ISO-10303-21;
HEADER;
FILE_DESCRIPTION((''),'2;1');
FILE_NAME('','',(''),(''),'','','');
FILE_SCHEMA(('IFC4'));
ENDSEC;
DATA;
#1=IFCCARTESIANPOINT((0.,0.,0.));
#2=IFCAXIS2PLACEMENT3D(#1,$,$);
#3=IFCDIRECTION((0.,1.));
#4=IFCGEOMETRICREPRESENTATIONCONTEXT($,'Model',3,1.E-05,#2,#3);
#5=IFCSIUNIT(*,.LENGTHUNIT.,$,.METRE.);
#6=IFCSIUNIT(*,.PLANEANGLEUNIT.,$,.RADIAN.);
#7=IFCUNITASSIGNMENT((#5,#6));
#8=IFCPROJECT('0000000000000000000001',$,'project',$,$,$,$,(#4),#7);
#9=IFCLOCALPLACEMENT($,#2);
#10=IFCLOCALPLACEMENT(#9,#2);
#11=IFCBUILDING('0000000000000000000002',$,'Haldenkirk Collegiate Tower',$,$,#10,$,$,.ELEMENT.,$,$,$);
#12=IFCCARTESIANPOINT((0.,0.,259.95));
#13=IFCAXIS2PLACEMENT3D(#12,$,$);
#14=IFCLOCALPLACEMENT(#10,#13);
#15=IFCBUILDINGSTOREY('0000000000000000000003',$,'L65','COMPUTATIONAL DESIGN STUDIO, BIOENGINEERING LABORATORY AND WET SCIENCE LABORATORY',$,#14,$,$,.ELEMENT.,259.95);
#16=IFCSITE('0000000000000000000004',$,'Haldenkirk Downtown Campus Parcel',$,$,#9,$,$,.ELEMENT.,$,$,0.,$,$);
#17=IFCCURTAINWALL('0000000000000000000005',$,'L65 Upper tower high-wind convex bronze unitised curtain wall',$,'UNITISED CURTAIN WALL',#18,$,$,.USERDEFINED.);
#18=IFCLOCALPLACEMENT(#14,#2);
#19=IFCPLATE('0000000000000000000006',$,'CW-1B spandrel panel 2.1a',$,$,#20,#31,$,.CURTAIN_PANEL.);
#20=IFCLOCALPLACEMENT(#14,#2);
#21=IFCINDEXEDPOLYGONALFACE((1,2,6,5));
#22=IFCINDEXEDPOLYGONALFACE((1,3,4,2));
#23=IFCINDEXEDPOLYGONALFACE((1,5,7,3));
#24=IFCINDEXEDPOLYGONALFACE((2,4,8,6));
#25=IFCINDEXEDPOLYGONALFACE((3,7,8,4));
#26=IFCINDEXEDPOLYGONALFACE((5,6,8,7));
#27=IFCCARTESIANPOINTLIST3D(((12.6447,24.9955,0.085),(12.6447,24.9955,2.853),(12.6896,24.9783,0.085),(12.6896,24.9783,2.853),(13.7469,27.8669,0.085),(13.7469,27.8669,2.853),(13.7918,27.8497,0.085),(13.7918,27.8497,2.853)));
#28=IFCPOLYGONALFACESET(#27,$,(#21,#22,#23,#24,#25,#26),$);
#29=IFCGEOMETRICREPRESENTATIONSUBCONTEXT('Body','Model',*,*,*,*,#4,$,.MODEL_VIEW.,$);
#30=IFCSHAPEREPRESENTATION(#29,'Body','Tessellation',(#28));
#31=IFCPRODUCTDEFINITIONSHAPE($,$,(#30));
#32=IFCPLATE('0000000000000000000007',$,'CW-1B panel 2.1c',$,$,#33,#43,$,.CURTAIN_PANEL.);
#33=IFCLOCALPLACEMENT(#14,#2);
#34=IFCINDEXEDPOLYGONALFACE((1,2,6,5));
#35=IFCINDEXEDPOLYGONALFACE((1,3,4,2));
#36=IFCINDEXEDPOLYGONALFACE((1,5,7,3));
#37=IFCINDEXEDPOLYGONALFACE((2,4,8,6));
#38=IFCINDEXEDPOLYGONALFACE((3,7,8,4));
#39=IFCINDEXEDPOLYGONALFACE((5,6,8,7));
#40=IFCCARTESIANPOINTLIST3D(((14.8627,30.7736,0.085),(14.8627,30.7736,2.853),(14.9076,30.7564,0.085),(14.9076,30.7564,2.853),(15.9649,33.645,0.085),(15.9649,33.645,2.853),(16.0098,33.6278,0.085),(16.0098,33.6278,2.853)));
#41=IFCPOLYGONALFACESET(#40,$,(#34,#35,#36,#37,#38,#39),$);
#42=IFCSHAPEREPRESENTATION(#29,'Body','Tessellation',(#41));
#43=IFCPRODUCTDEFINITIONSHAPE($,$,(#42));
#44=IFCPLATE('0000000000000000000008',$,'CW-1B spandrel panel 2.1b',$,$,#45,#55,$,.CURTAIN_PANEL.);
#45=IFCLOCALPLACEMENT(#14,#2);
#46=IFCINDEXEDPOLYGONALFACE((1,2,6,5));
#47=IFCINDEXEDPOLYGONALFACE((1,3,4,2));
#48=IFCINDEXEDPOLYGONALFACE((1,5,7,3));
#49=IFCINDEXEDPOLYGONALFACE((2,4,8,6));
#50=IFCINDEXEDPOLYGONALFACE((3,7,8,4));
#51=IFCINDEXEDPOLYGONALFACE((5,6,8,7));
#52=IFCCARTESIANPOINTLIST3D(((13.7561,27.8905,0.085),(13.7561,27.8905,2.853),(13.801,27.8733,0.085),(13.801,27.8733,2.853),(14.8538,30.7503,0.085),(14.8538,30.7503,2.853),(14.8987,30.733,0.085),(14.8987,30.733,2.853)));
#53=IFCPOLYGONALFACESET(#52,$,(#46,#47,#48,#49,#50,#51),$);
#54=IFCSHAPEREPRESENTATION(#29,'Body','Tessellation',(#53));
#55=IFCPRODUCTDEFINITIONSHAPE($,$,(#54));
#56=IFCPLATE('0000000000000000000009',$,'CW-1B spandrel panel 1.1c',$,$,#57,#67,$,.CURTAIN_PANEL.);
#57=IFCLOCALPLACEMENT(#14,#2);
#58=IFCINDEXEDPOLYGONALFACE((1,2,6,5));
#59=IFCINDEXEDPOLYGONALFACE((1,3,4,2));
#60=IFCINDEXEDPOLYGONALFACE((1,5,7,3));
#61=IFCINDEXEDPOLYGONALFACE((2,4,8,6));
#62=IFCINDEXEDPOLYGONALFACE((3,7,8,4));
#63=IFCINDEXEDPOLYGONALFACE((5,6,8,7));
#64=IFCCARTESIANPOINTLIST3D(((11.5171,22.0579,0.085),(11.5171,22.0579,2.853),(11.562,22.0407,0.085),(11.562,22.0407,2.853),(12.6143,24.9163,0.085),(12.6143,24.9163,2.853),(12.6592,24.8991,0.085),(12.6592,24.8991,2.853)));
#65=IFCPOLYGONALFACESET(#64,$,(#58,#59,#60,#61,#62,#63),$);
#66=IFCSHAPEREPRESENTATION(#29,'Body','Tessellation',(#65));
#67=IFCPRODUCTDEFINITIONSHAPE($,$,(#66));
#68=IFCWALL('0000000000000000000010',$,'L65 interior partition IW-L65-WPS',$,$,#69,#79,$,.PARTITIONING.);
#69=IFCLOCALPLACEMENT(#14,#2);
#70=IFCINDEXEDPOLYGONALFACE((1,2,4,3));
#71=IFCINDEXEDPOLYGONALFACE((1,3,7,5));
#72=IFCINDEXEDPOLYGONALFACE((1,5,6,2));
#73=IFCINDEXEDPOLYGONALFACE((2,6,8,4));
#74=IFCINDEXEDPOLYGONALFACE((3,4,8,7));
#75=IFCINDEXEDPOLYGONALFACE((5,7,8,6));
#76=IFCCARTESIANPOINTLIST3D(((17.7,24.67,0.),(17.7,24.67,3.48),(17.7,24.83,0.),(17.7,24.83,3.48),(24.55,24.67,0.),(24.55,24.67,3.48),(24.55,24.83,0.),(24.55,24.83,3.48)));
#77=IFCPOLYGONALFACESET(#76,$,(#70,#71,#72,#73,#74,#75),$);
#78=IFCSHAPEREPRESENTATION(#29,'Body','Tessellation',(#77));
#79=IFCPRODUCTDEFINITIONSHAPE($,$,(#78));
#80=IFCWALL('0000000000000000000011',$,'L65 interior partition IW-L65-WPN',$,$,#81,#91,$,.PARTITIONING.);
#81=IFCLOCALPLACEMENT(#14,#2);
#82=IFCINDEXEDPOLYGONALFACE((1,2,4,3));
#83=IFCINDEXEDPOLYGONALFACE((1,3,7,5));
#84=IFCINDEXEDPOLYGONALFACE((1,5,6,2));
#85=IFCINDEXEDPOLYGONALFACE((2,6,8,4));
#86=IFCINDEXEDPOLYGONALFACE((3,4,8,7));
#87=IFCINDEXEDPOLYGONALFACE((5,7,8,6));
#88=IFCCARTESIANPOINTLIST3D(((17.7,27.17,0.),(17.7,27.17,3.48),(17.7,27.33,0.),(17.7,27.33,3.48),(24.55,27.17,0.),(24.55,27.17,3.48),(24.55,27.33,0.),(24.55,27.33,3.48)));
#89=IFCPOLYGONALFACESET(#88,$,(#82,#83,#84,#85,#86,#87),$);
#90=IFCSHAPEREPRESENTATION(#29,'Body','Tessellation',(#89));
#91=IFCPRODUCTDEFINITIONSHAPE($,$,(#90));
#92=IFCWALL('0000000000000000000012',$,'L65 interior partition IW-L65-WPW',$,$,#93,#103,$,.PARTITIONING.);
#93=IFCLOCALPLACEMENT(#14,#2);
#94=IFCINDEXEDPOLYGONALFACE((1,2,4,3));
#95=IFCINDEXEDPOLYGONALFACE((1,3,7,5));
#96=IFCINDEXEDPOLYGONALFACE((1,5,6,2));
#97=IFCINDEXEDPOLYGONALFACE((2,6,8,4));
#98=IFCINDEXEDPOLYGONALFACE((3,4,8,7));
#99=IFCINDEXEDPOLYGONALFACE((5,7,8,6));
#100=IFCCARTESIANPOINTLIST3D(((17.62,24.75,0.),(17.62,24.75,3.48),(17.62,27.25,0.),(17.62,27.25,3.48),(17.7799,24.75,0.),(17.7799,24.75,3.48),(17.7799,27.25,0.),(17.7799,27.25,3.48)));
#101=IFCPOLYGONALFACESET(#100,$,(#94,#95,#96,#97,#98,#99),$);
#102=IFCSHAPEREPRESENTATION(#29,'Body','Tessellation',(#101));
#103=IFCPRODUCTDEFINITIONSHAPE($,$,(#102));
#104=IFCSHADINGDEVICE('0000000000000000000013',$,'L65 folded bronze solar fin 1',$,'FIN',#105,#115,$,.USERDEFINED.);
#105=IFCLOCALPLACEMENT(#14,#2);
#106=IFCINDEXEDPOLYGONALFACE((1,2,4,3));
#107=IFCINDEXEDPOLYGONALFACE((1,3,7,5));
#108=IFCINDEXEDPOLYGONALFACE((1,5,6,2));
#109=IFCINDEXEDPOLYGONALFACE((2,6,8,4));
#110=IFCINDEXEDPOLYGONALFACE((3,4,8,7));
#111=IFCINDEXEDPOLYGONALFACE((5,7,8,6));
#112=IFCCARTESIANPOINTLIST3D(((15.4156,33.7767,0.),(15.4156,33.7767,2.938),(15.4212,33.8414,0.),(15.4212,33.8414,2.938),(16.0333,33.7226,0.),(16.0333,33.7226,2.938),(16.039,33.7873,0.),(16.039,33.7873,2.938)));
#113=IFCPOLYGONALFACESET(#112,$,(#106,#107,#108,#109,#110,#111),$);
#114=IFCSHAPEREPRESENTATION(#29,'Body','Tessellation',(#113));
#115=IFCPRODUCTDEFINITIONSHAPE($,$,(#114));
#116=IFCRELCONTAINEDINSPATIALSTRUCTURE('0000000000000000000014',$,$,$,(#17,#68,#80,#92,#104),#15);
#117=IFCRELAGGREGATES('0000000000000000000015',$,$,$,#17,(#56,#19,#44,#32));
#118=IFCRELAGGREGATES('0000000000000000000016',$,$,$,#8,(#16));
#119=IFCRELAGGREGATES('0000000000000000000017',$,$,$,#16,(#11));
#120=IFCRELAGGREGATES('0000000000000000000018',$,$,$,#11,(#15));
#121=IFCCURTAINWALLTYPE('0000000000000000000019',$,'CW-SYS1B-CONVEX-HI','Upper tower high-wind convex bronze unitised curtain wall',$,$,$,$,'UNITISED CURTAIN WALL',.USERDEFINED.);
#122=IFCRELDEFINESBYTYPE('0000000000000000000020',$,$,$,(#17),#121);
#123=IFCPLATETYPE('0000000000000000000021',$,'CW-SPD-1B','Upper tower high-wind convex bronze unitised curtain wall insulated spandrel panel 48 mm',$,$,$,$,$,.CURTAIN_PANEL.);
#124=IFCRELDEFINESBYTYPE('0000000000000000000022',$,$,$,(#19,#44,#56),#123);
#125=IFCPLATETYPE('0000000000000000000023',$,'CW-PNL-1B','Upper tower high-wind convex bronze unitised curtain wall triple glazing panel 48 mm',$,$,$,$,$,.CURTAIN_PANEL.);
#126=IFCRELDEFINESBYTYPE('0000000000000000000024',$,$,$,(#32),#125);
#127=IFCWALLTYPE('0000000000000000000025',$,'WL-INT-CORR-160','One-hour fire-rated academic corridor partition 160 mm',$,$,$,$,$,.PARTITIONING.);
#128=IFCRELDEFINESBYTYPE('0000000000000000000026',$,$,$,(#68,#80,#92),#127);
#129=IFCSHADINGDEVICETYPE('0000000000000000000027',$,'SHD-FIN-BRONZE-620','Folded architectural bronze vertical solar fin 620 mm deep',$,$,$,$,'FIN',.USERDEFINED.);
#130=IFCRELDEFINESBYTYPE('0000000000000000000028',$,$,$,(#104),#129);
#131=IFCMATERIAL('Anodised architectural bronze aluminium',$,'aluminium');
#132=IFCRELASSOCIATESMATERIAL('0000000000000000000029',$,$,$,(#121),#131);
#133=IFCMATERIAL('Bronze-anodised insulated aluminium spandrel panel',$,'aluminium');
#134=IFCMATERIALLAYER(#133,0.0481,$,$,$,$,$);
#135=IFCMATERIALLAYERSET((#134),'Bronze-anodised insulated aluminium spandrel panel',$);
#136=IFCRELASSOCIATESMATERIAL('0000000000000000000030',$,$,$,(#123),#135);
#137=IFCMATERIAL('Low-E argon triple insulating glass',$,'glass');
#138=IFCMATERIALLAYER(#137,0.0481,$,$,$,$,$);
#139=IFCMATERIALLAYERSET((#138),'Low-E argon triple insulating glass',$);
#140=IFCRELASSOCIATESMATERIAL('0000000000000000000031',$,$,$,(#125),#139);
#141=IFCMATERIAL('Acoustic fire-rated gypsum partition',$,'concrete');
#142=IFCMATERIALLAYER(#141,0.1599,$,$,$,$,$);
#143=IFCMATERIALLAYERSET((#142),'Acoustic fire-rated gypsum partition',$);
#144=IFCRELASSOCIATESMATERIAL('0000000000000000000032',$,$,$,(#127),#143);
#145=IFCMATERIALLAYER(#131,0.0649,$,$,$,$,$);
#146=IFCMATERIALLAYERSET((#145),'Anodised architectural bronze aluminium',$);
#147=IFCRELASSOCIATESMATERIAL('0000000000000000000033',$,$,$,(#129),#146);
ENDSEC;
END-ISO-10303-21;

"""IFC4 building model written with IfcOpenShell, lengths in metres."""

from ifc_helpers import new_model, si_unit, direction, frame, frame_2d, origin, origin_2d, place, context, subcontext, project, spatial, rectangle, extrude, source, transform, mapped, material, layer, layer_set, type_object, element, aggregate, save


model = new_model("IFC4")

# Units and contexts
model_context = context("Model", 3, precision=1e-05, world=origin(), true_north=direction((0.0, 1.0)))
body_context = subcontext(model_context, "Body", "Model", "MODEL_VIEW")
ifc_project = project(units=[si_unit("LENGTHUNIT", "METRE"), si_unit("PLANEANGLEUNIT", "RADIAN")], contexts=[model_context])

# Site, building, storey
site_placement = place(None, origin())
site = spatial("IfcSite", under=ifc_project, at=site_placement, Name="Haldenkirk Downtown Campus Parcel", CompositionType="ELEMENT", RefElevation=0.0)
building_placement = place(site_placement, origin())
building = spatial("IfcBuilding", under=site, at=building_placement, Name="Haldenkirk Collegiate Tower", CompositionType="ELEMENT")
storey_placement = place(building_placement, frame((0.0, 0.0, 259.95)))
storey = spatial("IfcBuildingStorey", under=building, at=storey_placement, Name="L65", Description="COMPUTATIONAL DESIGN STUDIO, BIOENGINEERING LABORATORY AND WET SCIENCE LABORATORY", CompositionType="ELEMENT", Elevation=259.95)

# Curtain wall, plates
ifc_material_1 = material(Name="Anodised architectural bronze aluminium", Category="aluminium")
curtain_wall_type = type_object("IfcCurtainWallType", Name="CW-SYS1B-CONVEX-HI", Description="Upper tower high-wind convex bronze unitised curtain wall", ElementType="UNITISED CURTAIN WALL", PredefinedType="USERDEFINED", material=ifc_material_1)
curtain_wall_placement = place(storey_placement, origin())
curtain_wall = element("IfcCurtainWall", 1, at=curtain_wall_placement, inside=storey, type_object=curtain_wall_type, Name="L65 Upper tower high-wind convex bronze unitised curtain wall", ObjectType="UNITISED CURTAIN WALL", PredefinedType="USERDEFINED")
ifc_material_2 = material(Name="Bronze-anodised insulated aluminium spandrel panel", Category="aluminium")
ifc_layer_1 = layer(ifc_material_2, 0.0481)
ifc_layer_set_1 = layer_set([ifc_layer_1], Name="Bronze-anodised insulated aluminium spandrel panel")
plate_type_1 = type_object("IfcPlateType", Name="CW-SPD-1B", Description="Upper tower high-wind convex bronze unitised curtain wall insulated spandrel panel 48 mm", PredefinedType="CURTAIN_PANEL", material=ifc_layer_set_1)
shared_shape_1 = source(origin(), body_context, "Body", "SweptSolid", [
    extrude(rectangle(XDim=3.0757, YDim=0.0481, at=origin_2d()), origin(), (0.0, 0.0, 1.0), 2.7681),
])
plate_1_placement = place(storey_placement, frame((13.2183, 26.4226, 0.085), z_axis=(0.0, 0.0, 1.0), x_axis=(0.358369, 0.93358, 0.0)))
plate_1 = element("IfcPlate", 2, at=plate_1_placement, type_object=plate_type_1, Name="CW-1B spandrel panel 2.1a", PredefinedType="CURTAIN_PANEL", context=body_context, shape_type="MappedRepresentation", body=[
    mapped(shared_shape_1, transform((0.0, 0.0, 0.0), x_axis=(1.0, 0.0, 0.0), y_axis=(0.0, 1.0, 0.0), z_axis=(0.0, 0.0, 1.0), scale=1.0)),
])
ifc_material_3 = material(Name="Low-E argon triple insulating glass", Category="glass")
ifc_layer_2 = layer(ifc_material_3, 0.0481)
ifc_layer_set_2 = layer_set([ifc_layer_2], Name="Low-E argon triple insulating glass")
plate_type_2 = type_object("IfcPlateType", Name="CW-PNL-1B", Description="Upper tower high-wind convex bronze unitised curtain wall triple glazing panel 48 mm", PredefinedType="CURTAIN_PANEL", material=ifc_layer_set_2)
plate_2_placement = place(storey_placement, frame((15.4363, 32.2007, 0.085), z_axis=(0.0, 0.0, 1.0), x_axis=(0.358369, 0.93358, 0.0)))
plate_2 = element("IfcPlate", 3, at=plate_2_placement, type_object=plate_type_2, Name="CW-1B panel 2.1c", PredefinedType="CURTAIN_PANEL", context=body_context, shape_type="MappedRepresentation", body=[
    mapped(shared_shape_1, transform((0.0, 0.0, 0.0), x_axis=(1.0, 0.0, 0.0), y_axis=(0.0, 1.0, 0.0), z_axis=(0.0, 0.0, 1.0), scale=1.0)),
])
shared_shape_2 = source(origin(), body_context, "Body", "SweptSolid", [
    extrude(rectangle(XDim=3.0632, YDim=0.0481, at=origin_2d()), origin(), (0.0, 0.0, 1.0), 2.7681),
])
plate_3_placement = place(storey_placement, frame((14.3274, 29.3118, 0.085), z_axis=(0.0, 0.0, 1.0), x_axis=(0.358369, 0.93358, 0.0)))
plate_3 = element("IfcPlate", 4, at=plate_3_placement, type_object=plate_type_1, Name="CW-1B spandrel panel 2.1b", PredefinedType="CURTAIN_PANEL", context=body_context, shape_type="MappedRepresentation", body=[
    mapped(shared_shape_2, transform((0.0, 0.0, 0.0), x_axis=(1.0, 0.0, 0.0), y_axis=(0.0, 1.0, 0.0), z_axis=(0.0, 0.0, 1.0), scale=1.0)),
])
shared_shape_3 = source(origin(), body_context, "Body", "SweptSolid", [
    extrude(rectangle(XDim=3.0618, YDim=0.0481, at=origin_2d()), origin(), (0.0, 0.0, 1.0), 2.7681),
])
plate_4_placement = place(storey_placement, frame((12.0881, 23.4785, 0.085), z_axis=(0.0, 0.0, 1.0), x_axis=(0.358369, 0.93358, 0.0)))
plate_4 = element("IfcPlate", 5, at=plate_4_placement, type_object=plate_type_1, Name="CW-1B spandrel panel 1.1c", PredefinedType="CURTAIN_PANEL", context=body_context, shape_type="MappedRepresentation", body=[
    mapped(shared_shape_3, transform((0.0, 0.0, 0.0), x_axis=(1.0, 0.0, 0.0), y_axis=(0.0, 1.0, 0.0), z_axis=(0.0, 0.0, 1.0), scale=1.0)),
])
aggregate(curtain_wall, [plate_4, plate_1, plate_3, plate_2])

# Walls
ifc_material_4 = material(Name="Acoustic fire-rated gypsum partition", Category="concrete")
ifc_layer_3 = layer(ifc_material_4, 0.1599)
ifc_layer_set_3 = layer_set([ifc_layer_3], Name="Acoustic fire-rated gypsum partition")
wall_type = type_object("IfcWallType", Name="WL-INT-CORR-160", Description="One-hour fire-rated academic corridor partition 160 mm", PredefinedType="PARTITIONING", material=ifc_layer_set_3)
for number, where, z_axis, x_axis, name in (
    (6, (17.7, 24.75, 0.0), (0.0, 0.0, 1.0), (1.0, 0.0, 0.0), "L65 interior partition IW-L65-WPS"),
    (7, (17.7, 27.25, 0.0), (0.0, 0.0, 1.0), (1.0, 0.0, 0.0), "L65 interior partition IW-L65-WPN"),
):
    element("IfcWall", number, at=place(storey_placement, frame(where, z_axis=z_axis, x_axis=x_axis)), inside=storey, type_object=wall_type, Name=name, PredefinedType="PARTITIONING", context=body_context, shape_type="SweptSolid", body=[
        extrude(rectangle(XDim=6.8501, YDim=0.1599, at=frame_2d((3.425, 0.0))), origin(), (0.0, 0.0, 1.0), 3.48),
    ])
wall_placement = place(storey_placement, frame((17.7, 24.75, 0.0), z_axis=(0.0, 0.0, 1.0), x_axis=(0.0, 1.0, 0.0)))
element("IfcWall", 8, at=wall_placement, inside=storey, type_object=wall_type, Name="L65 interior partition IW-L65-WPW", PredefinedType="PARTITIONING", context=body_context, shape_type="SweptSolid", body=[
    extrude(rectangle(XDim=2.5, YDim=0.1599, at=frame_2d((1.25, 0.0))), origin(), (0.0, 0.0, 1.0), 3.48),
])

# Shading device
ifc_layer_4 = layer(ifc_material_1, 0.0649)
ifc_layer_set_4 = layer_set([ifc_layer_4], Name="Anodised architectural bronze aluminium")
shading_device_type = type_object("IfcShadingDeviceType", Name="SHD-FIN-BRONZE-620", Description="Folded architectural bronze vertical solar fin 620 mm deep", ElementType="FIN", PredefinedType="USERDEFINED", material=ifc_layer_set_4)
shared_shape_4 = source(origin(), body_context, "Body", "SweptSolid", [
    extrude(rectangle(XDim=0.6201, YDim=0.0649, at=origin_2d()), origin(), (0.0, 0.0, 1.0), 2.938),
])
shading_device_placement = place(storey_placement, frame((15.7273, 33.782, 0.0), z_axis=(0.0, 0.0, 1.0), x_axis=(-0.996195, 0.087156, 0.0)))
element("IfcShadingDevice", 9, at=shading_device_placement, inside=storey, type_object=shading_device_type, Name="L65 folded bronze solar fin 1", ObjectType="FIN", PredefinedType="USERDEFINED", context=body_context, shape_type="MappedRepresentation", body=[
    mapped(shared_shape_4, transform((0.0, 0.0, 0.0), x_axis=(1.0, 0.0, 0.0), y_axis=(0.0, 1.0, 0.0), z_axis=(0.0, 0.0, 1.0), scale=1.0)),
])

save(model, "model.ifc")
